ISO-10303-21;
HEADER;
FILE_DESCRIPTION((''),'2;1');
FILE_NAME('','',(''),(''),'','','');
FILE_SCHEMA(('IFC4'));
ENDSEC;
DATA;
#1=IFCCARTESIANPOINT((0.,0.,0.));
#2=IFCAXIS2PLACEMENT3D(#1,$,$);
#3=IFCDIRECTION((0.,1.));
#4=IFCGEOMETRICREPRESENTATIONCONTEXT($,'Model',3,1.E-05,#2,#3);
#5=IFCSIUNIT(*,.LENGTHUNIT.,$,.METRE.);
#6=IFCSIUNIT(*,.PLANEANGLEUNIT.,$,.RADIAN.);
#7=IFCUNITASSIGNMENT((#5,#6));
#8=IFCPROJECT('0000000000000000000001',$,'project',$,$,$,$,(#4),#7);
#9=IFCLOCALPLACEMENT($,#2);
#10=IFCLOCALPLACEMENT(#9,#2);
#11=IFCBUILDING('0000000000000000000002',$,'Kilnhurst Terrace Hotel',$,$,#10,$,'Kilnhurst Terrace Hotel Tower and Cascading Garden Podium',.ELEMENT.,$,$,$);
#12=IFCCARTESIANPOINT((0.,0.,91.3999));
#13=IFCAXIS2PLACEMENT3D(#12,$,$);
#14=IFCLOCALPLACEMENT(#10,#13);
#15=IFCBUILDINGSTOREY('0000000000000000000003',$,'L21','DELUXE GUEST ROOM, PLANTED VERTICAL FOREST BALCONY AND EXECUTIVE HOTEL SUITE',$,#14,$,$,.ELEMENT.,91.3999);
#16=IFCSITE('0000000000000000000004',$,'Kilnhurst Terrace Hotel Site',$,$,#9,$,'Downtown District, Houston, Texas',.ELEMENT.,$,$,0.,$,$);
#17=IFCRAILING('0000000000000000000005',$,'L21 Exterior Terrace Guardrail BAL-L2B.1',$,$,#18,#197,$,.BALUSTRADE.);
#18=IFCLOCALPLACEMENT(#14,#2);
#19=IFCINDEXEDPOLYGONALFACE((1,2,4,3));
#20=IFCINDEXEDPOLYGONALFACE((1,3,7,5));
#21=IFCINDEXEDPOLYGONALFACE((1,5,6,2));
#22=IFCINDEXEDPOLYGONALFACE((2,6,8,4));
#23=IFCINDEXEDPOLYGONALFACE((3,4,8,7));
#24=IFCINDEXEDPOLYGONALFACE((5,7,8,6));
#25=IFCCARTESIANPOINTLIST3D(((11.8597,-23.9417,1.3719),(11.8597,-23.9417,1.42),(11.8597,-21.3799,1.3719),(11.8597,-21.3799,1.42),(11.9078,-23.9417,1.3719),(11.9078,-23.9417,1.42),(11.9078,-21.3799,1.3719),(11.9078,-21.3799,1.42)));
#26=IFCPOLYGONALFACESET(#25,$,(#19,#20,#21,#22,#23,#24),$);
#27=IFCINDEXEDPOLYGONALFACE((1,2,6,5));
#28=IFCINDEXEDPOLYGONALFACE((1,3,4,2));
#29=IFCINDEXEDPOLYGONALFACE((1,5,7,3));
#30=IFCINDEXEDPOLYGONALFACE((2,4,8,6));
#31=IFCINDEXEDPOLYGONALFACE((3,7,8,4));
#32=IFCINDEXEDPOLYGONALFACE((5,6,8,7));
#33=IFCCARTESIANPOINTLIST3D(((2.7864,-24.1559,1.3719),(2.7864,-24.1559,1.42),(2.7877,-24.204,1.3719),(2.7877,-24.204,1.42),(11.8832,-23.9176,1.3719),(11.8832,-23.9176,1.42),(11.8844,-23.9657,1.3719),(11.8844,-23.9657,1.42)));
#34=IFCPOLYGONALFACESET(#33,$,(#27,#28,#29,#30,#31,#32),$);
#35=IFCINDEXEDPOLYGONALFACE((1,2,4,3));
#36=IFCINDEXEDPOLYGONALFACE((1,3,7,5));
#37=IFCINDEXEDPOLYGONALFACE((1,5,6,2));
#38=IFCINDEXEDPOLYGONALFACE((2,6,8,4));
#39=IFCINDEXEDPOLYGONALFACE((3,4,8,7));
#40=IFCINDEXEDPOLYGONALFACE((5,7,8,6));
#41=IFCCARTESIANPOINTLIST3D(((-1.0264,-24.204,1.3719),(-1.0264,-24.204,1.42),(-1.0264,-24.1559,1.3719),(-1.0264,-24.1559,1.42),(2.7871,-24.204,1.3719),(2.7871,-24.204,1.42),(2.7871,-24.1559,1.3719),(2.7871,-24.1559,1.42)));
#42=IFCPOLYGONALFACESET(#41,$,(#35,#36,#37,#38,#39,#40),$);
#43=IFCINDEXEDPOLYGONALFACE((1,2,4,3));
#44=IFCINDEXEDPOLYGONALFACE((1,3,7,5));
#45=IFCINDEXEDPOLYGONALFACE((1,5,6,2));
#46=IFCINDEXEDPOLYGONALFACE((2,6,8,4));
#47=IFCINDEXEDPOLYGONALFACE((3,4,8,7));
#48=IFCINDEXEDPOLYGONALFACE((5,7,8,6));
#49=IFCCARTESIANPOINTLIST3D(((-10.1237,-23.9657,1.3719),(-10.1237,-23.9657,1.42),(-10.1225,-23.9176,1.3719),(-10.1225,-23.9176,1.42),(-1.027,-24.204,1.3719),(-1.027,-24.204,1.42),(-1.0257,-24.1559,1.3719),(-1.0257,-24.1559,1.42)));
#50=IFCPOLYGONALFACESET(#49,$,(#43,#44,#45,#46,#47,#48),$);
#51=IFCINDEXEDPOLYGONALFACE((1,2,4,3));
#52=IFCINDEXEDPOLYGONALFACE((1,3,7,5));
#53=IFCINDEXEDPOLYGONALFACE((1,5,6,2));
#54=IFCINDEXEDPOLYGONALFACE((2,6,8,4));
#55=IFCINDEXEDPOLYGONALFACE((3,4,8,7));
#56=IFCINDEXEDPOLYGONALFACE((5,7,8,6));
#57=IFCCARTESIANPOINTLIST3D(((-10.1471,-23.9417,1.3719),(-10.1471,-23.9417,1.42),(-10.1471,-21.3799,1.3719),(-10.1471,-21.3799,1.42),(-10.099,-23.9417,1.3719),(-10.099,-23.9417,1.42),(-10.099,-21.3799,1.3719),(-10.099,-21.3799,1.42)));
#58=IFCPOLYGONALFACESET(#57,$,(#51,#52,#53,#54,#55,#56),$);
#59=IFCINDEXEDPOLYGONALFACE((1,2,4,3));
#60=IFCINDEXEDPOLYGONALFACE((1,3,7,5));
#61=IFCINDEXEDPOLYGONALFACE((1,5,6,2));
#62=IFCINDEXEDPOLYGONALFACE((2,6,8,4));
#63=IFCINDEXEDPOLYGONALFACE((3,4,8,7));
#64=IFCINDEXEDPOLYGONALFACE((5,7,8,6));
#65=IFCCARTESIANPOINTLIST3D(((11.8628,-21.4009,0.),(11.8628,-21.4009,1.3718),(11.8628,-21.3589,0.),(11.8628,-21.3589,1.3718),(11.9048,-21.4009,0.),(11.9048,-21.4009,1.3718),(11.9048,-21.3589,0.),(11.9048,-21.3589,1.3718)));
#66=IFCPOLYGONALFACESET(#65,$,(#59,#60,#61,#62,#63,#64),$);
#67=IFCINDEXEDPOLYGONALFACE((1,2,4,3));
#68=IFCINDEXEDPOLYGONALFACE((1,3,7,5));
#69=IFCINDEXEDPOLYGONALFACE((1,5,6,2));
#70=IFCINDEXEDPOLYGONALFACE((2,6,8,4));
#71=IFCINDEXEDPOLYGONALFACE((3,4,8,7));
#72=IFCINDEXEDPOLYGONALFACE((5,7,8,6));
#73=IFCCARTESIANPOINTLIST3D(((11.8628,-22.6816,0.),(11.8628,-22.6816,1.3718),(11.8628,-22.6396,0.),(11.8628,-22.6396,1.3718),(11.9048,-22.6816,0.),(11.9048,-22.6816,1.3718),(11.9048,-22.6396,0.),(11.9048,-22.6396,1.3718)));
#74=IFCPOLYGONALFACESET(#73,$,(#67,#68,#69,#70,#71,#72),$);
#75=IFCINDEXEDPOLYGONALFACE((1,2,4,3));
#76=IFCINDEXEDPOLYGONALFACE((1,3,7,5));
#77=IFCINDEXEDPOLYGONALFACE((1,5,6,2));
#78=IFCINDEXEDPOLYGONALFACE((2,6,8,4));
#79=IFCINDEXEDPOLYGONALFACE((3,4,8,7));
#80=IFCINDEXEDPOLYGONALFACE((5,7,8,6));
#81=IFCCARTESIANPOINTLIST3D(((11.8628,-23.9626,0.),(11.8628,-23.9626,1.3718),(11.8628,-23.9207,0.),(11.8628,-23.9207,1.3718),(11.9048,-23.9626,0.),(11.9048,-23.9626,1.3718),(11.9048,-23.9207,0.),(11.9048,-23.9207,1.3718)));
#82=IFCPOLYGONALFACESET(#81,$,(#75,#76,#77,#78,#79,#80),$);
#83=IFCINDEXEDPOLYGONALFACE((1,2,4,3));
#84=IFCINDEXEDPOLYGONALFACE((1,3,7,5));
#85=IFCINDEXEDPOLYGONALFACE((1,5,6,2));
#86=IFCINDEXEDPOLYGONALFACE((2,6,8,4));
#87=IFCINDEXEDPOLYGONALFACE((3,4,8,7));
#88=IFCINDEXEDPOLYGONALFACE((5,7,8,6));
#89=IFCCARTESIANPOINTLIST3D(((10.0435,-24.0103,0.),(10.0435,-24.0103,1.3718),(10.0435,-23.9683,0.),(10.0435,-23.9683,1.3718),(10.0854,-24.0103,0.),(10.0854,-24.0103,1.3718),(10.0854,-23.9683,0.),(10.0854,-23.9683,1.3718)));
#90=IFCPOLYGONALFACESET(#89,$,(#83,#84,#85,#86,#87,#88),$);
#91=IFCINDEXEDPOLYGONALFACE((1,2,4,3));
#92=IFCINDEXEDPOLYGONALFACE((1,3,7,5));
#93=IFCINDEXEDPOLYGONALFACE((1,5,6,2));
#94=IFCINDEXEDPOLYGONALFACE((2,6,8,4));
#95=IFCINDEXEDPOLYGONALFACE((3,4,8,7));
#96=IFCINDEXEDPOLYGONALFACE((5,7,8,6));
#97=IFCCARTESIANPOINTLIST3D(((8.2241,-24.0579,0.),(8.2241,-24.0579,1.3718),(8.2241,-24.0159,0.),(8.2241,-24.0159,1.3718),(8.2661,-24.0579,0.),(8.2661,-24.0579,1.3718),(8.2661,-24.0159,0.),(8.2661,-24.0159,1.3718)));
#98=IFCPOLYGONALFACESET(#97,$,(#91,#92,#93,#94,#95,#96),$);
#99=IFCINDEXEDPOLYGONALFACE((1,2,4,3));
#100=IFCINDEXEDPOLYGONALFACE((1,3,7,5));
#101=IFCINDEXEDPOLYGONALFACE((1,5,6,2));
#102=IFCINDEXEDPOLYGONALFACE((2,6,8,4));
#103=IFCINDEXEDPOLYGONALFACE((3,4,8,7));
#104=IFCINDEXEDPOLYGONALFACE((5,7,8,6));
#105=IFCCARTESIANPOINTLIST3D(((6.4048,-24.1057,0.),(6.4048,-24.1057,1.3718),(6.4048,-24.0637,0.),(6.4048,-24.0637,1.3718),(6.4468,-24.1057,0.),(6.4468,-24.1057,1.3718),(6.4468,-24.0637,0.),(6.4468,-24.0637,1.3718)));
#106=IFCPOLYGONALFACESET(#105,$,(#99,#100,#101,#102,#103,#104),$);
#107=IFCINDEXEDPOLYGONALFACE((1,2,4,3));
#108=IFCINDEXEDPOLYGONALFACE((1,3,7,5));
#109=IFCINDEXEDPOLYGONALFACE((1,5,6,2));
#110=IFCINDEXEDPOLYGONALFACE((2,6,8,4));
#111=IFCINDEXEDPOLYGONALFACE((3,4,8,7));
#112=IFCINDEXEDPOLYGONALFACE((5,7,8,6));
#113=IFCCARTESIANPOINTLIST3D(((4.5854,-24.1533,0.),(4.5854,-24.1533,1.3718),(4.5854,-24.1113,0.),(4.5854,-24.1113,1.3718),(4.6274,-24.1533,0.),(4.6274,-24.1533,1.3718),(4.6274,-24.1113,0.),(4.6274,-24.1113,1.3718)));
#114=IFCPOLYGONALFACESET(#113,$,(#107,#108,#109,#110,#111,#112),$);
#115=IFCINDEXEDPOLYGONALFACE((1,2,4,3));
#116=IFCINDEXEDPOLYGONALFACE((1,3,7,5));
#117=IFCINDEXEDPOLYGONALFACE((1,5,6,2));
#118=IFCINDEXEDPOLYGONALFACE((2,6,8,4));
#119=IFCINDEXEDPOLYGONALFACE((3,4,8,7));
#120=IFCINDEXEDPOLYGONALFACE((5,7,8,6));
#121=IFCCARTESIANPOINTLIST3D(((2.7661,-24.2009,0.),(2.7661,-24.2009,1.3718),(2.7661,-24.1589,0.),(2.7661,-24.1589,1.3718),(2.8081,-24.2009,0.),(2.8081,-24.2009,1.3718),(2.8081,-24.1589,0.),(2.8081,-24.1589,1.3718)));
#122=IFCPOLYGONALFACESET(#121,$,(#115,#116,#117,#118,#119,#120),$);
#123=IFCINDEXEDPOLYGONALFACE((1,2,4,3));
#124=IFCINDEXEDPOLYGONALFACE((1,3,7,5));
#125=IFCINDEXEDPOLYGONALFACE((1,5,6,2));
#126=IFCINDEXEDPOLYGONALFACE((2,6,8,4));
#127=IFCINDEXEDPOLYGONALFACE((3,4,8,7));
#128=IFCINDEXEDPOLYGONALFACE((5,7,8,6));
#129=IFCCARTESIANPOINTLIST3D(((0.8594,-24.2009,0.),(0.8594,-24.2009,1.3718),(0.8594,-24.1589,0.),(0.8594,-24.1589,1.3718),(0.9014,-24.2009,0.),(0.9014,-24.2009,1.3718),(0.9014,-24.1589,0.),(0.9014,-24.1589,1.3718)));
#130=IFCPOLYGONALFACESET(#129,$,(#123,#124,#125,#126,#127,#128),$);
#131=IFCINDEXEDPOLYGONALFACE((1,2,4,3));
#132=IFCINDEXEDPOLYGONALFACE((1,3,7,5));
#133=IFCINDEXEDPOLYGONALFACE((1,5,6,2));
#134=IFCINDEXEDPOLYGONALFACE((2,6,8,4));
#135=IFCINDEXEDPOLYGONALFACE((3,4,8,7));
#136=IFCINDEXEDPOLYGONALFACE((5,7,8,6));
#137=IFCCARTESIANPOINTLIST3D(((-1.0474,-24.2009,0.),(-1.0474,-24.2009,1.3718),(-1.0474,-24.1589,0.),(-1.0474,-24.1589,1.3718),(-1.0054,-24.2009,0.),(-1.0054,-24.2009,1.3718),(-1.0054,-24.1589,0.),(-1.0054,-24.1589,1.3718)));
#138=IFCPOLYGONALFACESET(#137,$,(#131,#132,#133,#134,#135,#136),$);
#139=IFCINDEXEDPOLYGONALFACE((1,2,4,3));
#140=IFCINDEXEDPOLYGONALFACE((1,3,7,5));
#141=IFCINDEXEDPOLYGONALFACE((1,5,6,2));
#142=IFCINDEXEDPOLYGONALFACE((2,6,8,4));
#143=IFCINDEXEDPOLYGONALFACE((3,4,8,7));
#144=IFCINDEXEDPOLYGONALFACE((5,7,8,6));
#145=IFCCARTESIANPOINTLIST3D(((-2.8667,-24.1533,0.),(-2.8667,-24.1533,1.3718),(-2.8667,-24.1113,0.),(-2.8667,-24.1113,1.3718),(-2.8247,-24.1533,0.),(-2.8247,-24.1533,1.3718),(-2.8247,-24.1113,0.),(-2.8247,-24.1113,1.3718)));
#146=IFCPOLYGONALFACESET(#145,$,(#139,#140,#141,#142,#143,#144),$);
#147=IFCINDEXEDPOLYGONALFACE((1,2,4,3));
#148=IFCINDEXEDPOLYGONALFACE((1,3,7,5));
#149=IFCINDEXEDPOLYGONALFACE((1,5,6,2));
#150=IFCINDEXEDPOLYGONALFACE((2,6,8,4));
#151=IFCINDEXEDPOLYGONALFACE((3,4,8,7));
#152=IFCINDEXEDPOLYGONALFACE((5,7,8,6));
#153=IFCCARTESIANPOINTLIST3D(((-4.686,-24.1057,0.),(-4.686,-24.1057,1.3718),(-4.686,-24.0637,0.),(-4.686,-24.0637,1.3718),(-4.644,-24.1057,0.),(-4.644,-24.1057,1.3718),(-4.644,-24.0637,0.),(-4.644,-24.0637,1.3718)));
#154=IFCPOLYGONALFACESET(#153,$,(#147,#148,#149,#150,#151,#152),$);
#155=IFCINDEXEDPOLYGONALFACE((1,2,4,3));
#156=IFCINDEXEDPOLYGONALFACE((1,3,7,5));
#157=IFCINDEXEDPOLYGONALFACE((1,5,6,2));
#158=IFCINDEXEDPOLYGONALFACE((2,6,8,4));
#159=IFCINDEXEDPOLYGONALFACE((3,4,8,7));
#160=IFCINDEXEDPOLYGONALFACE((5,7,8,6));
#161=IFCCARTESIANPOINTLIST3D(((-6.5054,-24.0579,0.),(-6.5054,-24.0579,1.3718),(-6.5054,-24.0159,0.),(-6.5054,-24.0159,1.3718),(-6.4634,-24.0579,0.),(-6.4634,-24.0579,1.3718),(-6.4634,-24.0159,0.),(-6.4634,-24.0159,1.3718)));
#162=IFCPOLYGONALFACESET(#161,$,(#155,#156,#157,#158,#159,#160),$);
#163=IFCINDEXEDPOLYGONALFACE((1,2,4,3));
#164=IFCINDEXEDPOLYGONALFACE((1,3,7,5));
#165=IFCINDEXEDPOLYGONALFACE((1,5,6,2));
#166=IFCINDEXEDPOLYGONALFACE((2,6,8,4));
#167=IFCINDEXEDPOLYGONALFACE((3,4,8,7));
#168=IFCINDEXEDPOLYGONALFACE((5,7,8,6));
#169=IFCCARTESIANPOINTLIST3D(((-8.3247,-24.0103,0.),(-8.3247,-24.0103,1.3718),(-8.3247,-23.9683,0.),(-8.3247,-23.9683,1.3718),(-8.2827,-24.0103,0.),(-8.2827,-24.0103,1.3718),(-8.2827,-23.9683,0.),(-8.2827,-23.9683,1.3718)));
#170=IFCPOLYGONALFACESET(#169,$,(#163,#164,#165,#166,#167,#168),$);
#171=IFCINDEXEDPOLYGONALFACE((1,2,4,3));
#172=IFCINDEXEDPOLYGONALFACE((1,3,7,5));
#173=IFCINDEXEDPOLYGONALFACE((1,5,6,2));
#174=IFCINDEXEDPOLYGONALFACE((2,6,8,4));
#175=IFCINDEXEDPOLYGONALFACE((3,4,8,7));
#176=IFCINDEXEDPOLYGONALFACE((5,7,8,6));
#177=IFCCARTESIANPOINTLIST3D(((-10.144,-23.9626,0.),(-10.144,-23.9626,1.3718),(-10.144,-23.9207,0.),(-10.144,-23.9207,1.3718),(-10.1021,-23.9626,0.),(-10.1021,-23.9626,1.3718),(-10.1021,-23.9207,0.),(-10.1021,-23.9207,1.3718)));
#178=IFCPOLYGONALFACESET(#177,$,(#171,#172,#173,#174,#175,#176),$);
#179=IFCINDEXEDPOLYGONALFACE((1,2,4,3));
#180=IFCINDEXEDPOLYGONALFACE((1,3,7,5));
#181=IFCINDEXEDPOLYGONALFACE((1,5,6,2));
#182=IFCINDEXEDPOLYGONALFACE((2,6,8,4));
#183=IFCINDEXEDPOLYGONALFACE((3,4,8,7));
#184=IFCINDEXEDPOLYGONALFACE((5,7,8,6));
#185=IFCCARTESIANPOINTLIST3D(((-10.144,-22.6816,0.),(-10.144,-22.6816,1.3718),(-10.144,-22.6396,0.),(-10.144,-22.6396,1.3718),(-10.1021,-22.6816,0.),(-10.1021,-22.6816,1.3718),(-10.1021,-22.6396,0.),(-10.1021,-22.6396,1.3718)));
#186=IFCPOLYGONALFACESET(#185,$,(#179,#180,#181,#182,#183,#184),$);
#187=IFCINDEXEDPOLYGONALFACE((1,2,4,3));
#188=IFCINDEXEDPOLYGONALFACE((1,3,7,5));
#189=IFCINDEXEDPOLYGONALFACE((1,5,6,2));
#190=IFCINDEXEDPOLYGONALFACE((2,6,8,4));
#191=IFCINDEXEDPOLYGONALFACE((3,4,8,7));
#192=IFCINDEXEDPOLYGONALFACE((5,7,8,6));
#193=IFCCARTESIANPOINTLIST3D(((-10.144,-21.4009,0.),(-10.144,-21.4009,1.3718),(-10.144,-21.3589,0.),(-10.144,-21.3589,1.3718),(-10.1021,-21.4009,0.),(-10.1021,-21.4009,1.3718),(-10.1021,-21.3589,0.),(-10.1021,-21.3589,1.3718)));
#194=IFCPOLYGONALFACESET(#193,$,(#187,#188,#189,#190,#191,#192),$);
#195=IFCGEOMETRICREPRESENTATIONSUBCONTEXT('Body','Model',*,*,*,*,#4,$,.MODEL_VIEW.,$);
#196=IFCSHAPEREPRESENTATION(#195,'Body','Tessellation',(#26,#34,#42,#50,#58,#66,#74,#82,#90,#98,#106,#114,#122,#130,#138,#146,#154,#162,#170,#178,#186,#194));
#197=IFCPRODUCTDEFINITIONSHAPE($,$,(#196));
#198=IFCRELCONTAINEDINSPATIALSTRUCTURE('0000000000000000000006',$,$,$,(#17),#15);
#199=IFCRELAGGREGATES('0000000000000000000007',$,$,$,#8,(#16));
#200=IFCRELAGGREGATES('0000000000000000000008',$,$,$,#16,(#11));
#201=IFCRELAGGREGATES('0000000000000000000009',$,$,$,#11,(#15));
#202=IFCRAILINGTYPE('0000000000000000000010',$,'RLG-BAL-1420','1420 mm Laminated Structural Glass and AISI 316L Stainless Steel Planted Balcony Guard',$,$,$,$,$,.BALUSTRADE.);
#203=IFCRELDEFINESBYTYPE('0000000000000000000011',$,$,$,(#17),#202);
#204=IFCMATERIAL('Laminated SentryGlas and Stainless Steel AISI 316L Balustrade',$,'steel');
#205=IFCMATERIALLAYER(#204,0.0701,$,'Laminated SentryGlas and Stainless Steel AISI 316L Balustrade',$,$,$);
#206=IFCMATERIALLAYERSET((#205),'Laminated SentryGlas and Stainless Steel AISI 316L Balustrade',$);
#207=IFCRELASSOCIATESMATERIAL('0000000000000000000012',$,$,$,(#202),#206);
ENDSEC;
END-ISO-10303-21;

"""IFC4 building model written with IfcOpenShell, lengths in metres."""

from ifc_helpers import new_model, si_unit, direction, frame, origin, origin_2d, place, context, subcontext, project, spatial, rectangle, extrude, material, layer, layer_set, type_object, element, save


model = new_model("IFC4")

# Units and contexts
model_context = context("Model", 3, precision=1e-05, world=origin(), true_north=direction((0.0, 1.0)))
body_context = subcontext(model_context, "Body", "Model", "MODEL_VIEW")
ifc_project = project(units=[si_unit("LENGTHUNIT", "METRE"), si_unit("PLANEANGLEUNIT", "RADIAN")], contexts=[model_context])

# Site, building, storey
site_placement = place(None, origin())
site = spatial("IfcSite", under=ifc_project, at=site_placement, Name="Kilnhurst Terrace Hotel Site", LongName="Downtown District, Houston, Texas", CompositionType="ELEMENT", RefElevation=0.0)
building_placement = place(site_placement, origin())
building = spatial("IfcBuilding", under=site, at=building_placement, Name="Kilnhurst Terrace Hotel", LongName="Kilnhurst Terrace Hotel Tower and Cascading Garden Podium", CompositionType="ELEMENT")
storey_placement = place(building_placement, frame((0.0, 0.0, 91.3999)))
storey = spatial("IfcBuildingStorey", under=building, at=storey_placement, Name="L21", Description="DELUXE GUEST ROOM, PLANTED VERTICAL FOREST BALCONY AND EXECUTIVE HOTEL SUITE", CompositionType="ELEMENT", Elevation=91.3999)

# Railing
ifc_material_1 = material(Name="Laminated SentryGlas and Stainless Steel AISI 316L Balustrade", Category="steel")
ifc_layer_1 = layer(ifc_material_1, 0.0701, Name="Laminated SentryGlas and Stainless Steel AISI 316L Balustrade")
ifc_layer_set_1 = layer_set([ifc_layer_1], Name="Laminated SentryGlas and Stainless Steel AISI 316L Balustrade")
railing_type = type_object("IfcRailingType", Name="RLG-BAL-1420", Description="1420 mm Laminated Structural Glass and AISI 316L Stainless Steel Planted Balcony Guard", PredefinedType="BALUSTRADE", material=ifc_layer_set_1)
railing_placement = place(storey_placement, frame((11.8838, -21.3799, 0.0)))
element("IfcRailing", 1, at=railing_placement, inside=storey, type_object=railing_type, Name="L21 Exterior Terrace Guardrail BAL-L2B.1", PredefinedType="BALUSTRADE", context=body_context, shape_type="SweptSolid", body=[
    extrude(rectangle(XDim=0.0481, YDim=0.0481, at=origin_2d()), frame((0.0, 0.0, 1.396), z_axis=(0.0, -1.0, 0.0), x_axis=(1.0, 0.0, 0.0)), (0.0, 0.0, 1.0), 2.5618),
    extrude(rectangle(XDim=0.0481, YDim=0.0481, at=origin_2d()), frame((0.0, -2.5618, 1.396), z_axis=(-0.999657, -0.026185, 0.0), x_axis=(0.026185, -0.999657, 0.0)), (0.0, 0.0, 1.0), 9.0999),
    extrude(rectangle(XDim=0.0481, YDim=0.0481, at=origin_2d()), frame((-9.0967, -2.8, 1.396), z_axis=(-1.0, 0.0, 0.0), x_axis=(0.0, -1.0, 0.0)), (0.0, 0.0, 1.0), 3.8135),
    extrude(rectangle(XDim=0.0481, YDim=0.0481, at=origin_2d()), frame((-12.9102, -2.8, 1.396), z_axis=(-0.999657, 0.026185, 0.0), x_axis=(-0.026185, -0.999657, 0.0)), (0.0, 0.0, 1.0), 9.0999),
    extrude(rectangle(XDim=0.0481, YDim=0.0481, at=origin_2d()), frame((-22.0068, -2.5618, 1.396), z_axis=(0.0, 1.0, 0.0), x_axis=(-1.0, 0.0, 0.0)), (0.0, 0.0, 1.0), 2.5618),
    extrude(rectangle(XDim=0.042, YDim=0.042, at=origin_2d()), origin(), (0.0, 0.0, 1.0), 1.3718),
    extrude(rectangle(XDim=0.042, YDim=0.042, at=origin_2d()), frame((0.0, -1.2808, 0.0)), (0.0, 0.0, 1.0), 1.3718),
    extrude(rectangle(XDim=0.042, YDim=0.042, at=origin_2d()), frame((0.0, -2.5618, 0.0)), (0.0, 0.0, 1.0), 1.3718),
    extrude(rectangle(XDim=0.042, YDim=0.042, at=origin_2d()), frame((-1.8193, -2.6094, 0.0)), (0.0, 0.0, 1.0), 1.3718),
    extrude(rectangle(XDim=0.042, YDim=0.042, at=origin_2d()), frame((-3.6387, -2.657, 0.0)), (0.0, 0.0, 1.0), 1.3718),
    extrude(rectangle(XDim=0.042, YDim=0.042, at=origin_2d()), frame((-5.458, -2.7048, 0.0)), (0.0, 0.0, 1.0), 1.3718),
    extrude(rectangle(XDim=0.042, YDim=0.042, at=origin_2d()), frame((-7.2773, -2.7524, 0.0)), (0.0, 0.0, 1.0), 1.3718),
    extrude(rectangle(XDim=0.042, YDim=0.042, at=origin_2d()), frame((-9.0967, -2.8, 0.0)), (0.0, 0.0, 1.0), 1.3718),
    extrude(rectangle(XDim=0.042, YDim=0.042, at=origin_2d()), frame((-11.0034, -2.8, 0.0)), (0.0, 0.0, 1.0), 1.3718),
    extrude(rectangle(XDim=0.042, YDim=0.042, at=origin_2d()), frame((-12.9102, -2.8, 0.0)), (0.0, 0.0, 1.0), 1.3718),
    extrude(rectangle(XDim=0.042, YDim=0.042, at=origin_2d()), frame((-14.7295, -2.7524, 0.0)), (0.0, 0.0, 1.0), 1.3718),
    extrude(rectangle(XDim=0.042, YDim=0.042, at=origin_2d()), frame((-16.5488, -2.7048, 0.0)), (0.0, 0.0, 1.0), 1.3718),
    extrude(rectangle(XDim=0.042, YDim=0.042, at=origin_2d()), frame((-18.3682, -2.657, 0.0)), (0.0, 0.0, 1.0), 1.3718),
    extrude(rectangle(XDim=0.042, YDim=0.042, at=origin_2d()), frame((-20.1875, -2.6094, 0.0)), (0.0, 0.0, 1.0), 1.3718),
    extrude(rectangle(XDim=0.042, YDim=0.042, at=origin_2d()), frame((-22.0068, -2.5618, 0.0)), (0.0, 0.0, 1.0), 1.3718),
    extrude(rectangle(XDim=0.042, YDim=0.042, at=origin_2d()), frame((-22.0068, -1.2808, 0.0)), (0.0, 0.0, 1.0), 1.3718),
    extrude(rectangle(XDim=0.042, YDim=0.042, at=origin_2d()), frame((-22.0068, 0.0, 0.0)), (0.0, 0.0, 1.0), 1.3718),
])

save(model, "model.ifc")
